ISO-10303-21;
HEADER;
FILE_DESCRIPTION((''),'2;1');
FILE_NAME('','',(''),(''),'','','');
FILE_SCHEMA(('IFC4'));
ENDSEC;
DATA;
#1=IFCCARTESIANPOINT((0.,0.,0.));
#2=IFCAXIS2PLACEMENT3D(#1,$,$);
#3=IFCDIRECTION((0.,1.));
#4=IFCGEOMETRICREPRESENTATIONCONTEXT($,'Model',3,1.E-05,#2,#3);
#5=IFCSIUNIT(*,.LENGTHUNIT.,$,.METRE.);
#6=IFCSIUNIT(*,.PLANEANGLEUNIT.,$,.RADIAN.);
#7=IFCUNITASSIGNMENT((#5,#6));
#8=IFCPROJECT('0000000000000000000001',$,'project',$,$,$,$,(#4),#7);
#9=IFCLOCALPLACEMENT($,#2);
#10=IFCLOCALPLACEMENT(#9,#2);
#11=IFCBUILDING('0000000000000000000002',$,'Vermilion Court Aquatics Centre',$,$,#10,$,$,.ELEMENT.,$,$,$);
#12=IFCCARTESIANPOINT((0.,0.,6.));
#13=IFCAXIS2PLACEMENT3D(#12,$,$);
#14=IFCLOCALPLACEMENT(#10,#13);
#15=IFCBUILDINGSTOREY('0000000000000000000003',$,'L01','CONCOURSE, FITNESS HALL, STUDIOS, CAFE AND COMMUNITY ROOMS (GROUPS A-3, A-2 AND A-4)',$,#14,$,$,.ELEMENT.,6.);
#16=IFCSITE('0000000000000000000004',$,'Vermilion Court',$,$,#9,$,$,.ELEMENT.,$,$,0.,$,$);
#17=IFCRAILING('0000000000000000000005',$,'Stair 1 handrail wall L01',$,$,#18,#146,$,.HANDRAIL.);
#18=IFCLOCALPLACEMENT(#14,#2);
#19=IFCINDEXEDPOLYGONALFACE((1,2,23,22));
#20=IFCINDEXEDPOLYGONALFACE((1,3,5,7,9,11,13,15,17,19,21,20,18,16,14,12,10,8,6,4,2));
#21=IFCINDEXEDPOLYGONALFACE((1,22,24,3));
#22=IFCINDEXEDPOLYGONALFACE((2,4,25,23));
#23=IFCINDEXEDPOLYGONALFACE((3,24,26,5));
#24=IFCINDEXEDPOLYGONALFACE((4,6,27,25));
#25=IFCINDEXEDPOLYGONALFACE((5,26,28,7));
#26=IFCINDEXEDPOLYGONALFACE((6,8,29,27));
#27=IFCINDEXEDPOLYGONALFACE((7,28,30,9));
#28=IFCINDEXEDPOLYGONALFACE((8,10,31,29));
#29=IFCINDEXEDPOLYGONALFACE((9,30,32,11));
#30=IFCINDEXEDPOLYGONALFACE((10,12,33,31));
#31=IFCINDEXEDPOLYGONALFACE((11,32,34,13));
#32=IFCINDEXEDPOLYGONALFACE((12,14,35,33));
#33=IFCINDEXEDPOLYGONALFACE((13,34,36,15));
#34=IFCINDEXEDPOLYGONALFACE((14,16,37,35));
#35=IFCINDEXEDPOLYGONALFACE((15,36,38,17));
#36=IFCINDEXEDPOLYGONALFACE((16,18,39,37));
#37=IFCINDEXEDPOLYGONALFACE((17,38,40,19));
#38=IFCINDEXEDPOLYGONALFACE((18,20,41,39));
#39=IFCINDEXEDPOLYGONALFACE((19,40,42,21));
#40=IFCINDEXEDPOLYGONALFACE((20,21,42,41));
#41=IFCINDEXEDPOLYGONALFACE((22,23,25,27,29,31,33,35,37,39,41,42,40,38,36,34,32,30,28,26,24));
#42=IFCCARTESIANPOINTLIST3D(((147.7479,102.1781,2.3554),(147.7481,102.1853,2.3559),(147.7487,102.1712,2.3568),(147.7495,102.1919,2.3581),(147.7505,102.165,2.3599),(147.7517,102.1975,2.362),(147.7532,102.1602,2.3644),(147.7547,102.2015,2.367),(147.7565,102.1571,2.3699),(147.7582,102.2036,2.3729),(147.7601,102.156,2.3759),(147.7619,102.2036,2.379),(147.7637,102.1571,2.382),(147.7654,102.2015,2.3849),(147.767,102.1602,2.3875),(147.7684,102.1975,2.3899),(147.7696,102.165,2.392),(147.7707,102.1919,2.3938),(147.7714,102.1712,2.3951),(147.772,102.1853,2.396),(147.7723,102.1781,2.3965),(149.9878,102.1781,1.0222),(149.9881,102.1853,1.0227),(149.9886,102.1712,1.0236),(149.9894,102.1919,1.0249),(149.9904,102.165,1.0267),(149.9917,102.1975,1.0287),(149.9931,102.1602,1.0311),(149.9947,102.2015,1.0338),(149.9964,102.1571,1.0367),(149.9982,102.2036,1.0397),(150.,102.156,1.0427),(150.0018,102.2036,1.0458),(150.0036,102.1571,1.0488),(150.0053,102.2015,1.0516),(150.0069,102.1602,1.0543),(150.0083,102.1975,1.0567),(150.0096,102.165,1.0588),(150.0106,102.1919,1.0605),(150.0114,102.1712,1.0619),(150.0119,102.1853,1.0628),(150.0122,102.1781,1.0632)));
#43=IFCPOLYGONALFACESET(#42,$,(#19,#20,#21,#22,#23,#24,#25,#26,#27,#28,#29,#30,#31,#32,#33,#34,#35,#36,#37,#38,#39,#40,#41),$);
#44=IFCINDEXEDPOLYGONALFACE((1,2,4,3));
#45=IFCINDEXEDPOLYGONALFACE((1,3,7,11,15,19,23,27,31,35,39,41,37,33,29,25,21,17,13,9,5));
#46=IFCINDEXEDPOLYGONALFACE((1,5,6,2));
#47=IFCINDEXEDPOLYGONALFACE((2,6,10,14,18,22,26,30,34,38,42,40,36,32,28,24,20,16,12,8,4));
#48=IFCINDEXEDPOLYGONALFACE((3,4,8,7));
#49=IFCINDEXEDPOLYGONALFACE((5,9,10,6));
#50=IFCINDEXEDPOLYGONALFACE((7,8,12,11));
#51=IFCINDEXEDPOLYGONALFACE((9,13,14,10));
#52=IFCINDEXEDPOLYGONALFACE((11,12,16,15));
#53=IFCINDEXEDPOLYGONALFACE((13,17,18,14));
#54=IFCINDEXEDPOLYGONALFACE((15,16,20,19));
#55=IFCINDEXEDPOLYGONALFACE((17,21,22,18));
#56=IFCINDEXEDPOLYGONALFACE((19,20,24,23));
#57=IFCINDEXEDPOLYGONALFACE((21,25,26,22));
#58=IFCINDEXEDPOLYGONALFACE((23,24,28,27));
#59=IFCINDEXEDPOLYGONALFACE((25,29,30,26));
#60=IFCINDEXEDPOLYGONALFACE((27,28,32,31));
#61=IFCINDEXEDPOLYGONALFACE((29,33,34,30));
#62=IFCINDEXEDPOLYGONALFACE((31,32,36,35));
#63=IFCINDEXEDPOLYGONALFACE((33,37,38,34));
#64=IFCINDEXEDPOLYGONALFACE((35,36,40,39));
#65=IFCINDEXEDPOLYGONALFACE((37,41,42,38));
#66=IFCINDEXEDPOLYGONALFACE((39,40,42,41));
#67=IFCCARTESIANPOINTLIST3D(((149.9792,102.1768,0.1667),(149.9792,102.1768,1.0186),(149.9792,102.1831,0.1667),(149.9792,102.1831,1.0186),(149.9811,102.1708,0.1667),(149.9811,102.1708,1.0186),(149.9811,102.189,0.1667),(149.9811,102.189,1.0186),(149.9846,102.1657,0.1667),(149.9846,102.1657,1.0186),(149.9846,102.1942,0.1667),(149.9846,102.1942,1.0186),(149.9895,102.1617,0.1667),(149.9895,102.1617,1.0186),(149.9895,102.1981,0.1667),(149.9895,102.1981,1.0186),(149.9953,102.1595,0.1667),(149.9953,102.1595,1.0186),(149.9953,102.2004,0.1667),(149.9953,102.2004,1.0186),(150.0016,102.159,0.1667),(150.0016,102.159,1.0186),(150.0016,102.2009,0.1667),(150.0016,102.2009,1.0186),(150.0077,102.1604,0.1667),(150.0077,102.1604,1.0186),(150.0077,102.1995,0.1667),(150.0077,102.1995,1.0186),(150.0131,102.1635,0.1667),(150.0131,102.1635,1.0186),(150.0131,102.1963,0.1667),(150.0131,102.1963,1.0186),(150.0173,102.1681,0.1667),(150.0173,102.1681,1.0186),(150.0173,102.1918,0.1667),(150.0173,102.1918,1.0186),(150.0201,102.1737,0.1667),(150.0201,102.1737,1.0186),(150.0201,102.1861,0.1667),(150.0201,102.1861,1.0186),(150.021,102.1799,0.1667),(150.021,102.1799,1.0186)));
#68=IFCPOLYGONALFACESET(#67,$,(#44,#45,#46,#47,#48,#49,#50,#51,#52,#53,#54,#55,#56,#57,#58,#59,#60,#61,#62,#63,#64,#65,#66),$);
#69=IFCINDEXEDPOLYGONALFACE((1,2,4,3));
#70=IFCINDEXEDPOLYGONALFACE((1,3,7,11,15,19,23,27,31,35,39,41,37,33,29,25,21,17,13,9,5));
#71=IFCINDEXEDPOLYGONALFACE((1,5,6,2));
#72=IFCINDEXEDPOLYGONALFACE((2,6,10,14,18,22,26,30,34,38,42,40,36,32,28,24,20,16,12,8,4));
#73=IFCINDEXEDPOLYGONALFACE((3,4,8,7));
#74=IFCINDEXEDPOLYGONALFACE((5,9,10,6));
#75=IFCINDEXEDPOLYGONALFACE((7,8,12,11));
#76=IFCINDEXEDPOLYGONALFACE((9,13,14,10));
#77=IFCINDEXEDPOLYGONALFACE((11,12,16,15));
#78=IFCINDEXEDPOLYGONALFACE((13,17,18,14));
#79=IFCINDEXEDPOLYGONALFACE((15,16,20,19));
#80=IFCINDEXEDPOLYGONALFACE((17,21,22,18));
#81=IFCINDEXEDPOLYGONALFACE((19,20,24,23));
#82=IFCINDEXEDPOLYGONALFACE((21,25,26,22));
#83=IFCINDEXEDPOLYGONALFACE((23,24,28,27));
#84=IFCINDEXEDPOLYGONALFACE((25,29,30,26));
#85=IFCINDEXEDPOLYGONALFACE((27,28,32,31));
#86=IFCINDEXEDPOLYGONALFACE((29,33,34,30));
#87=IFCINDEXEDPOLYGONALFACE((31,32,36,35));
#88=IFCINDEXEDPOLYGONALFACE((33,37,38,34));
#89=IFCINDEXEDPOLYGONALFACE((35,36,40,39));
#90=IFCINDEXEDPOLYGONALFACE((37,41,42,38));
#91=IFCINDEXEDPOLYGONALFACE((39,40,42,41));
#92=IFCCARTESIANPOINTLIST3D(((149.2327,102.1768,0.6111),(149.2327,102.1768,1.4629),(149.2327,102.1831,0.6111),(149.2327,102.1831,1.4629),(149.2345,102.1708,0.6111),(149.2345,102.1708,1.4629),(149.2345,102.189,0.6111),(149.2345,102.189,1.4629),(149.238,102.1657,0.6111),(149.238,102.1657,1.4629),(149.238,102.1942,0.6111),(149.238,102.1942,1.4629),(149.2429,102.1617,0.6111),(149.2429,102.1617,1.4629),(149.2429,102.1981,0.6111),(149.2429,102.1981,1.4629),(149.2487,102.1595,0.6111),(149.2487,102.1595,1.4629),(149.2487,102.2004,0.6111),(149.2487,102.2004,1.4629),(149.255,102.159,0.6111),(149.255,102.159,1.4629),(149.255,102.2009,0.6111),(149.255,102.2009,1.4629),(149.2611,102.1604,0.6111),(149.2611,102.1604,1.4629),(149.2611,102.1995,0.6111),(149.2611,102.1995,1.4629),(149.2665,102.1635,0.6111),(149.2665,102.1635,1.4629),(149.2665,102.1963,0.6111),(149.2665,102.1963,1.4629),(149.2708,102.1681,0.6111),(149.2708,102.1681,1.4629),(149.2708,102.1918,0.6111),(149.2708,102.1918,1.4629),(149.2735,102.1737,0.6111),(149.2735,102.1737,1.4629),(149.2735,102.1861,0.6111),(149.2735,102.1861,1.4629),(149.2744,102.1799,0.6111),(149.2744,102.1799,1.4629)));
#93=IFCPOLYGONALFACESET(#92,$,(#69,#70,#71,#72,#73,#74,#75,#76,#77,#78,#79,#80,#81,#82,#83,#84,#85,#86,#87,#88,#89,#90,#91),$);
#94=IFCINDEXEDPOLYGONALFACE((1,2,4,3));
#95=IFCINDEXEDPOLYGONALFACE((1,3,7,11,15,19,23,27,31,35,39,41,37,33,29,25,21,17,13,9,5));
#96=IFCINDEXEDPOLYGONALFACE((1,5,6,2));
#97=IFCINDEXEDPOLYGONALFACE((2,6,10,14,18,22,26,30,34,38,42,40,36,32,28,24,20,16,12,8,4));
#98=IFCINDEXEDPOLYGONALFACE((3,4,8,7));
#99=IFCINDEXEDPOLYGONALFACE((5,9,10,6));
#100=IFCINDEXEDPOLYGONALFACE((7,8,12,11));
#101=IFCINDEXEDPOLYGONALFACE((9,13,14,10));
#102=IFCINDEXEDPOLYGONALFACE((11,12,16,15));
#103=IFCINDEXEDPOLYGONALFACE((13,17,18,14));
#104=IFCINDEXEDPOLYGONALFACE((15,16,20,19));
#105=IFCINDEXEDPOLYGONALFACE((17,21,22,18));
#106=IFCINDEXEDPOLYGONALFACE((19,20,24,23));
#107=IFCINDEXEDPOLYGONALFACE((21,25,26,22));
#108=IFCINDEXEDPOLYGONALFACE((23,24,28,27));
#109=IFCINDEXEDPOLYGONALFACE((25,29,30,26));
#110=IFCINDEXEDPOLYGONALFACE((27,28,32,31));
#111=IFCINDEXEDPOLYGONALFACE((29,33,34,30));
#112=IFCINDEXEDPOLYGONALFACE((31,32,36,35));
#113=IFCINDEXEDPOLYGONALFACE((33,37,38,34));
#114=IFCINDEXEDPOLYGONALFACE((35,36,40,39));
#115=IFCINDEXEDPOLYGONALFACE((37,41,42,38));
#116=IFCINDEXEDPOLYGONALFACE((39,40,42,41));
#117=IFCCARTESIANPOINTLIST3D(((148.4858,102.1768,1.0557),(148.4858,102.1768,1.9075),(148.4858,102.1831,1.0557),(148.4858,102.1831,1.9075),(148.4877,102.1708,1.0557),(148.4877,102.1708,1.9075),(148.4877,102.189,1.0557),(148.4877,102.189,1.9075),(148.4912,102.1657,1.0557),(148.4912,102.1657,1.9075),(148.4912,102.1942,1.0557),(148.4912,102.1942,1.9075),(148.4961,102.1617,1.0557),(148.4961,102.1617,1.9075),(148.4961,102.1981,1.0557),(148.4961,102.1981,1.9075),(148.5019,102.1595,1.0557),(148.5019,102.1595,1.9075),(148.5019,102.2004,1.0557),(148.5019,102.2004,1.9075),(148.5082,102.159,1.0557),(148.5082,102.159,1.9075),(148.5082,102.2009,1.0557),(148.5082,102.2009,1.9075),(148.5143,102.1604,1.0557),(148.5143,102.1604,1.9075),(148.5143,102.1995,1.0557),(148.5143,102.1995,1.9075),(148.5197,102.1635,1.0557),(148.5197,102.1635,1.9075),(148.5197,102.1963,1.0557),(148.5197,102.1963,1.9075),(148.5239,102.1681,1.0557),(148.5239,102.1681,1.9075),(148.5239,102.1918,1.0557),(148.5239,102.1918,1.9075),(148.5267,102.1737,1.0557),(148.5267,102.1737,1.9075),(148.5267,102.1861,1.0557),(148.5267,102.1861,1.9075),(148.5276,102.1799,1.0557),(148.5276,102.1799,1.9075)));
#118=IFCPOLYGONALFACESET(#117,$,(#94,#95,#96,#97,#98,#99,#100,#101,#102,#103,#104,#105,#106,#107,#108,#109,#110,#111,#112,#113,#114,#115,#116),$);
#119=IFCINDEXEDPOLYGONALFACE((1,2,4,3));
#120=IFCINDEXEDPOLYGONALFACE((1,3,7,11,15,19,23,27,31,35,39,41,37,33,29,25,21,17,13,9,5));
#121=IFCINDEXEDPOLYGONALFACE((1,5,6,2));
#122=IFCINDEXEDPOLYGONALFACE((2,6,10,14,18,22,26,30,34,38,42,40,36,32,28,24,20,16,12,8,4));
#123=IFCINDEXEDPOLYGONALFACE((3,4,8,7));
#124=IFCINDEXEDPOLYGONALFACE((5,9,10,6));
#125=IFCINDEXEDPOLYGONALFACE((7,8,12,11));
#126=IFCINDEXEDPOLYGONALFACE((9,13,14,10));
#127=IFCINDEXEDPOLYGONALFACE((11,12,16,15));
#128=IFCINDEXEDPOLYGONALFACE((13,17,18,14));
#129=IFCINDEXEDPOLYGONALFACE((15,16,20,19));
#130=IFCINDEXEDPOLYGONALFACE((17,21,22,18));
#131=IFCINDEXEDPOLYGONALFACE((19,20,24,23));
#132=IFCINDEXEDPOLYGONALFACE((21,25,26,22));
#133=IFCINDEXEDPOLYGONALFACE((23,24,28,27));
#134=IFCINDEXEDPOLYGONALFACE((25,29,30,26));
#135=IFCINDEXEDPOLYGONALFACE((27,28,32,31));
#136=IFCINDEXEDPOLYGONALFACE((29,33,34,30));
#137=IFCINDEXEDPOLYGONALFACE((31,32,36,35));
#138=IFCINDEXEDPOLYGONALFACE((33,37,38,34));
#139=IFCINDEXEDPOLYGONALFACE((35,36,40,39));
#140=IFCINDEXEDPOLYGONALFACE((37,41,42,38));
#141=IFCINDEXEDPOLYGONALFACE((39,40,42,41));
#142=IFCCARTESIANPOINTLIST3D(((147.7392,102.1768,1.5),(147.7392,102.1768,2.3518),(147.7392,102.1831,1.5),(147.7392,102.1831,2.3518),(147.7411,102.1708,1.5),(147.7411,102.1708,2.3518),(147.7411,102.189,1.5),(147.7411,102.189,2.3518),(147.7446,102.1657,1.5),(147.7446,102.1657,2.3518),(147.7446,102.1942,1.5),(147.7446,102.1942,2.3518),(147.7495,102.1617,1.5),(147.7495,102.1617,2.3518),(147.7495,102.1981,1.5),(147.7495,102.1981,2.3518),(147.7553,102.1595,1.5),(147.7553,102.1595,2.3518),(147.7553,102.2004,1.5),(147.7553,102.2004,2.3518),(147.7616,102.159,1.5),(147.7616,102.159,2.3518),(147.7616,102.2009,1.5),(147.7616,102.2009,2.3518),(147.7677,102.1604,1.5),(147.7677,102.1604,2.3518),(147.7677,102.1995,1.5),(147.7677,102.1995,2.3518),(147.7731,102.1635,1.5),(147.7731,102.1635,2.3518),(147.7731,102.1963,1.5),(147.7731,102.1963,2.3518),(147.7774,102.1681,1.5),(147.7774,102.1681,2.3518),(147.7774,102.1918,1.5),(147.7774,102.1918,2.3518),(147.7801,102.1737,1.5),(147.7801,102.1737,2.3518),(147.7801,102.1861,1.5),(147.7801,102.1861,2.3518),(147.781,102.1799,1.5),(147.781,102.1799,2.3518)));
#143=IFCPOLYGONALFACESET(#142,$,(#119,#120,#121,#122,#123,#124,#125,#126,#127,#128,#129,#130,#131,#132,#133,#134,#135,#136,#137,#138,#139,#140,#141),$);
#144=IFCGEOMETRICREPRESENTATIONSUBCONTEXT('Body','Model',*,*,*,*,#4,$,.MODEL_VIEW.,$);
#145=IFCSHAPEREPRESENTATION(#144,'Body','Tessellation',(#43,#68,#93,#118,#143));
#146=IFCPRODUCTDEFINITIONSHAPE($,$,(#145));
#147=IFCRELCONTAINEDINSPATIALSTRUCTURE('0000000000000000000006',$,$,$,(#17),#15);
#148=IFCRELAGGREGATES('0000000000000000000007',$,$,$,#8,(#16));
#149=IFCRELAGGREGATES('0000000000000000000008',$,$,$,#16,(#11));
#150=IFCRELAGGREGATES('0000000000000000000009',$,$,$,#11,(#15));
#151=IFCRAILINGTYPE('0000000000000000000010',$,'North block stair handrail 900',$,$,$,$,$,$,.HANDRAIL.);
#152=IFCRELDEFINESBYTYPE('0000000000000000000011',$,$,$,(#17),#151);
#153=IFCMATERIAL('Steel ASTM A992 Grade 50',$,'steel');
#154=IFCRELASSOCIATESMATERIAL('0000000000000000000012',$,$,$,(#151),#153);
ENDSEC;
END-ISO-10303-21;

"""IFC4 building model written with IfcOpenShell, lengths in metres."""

from ifc_helpers import new_model, si_unit, direction, frame, origin, origin_2d, place, context, subcontext, project, spatial, circle, extrude, material, type_object, element, save


model = new_model("IFC4")

# Units and contexts
model_context = context("Model", 3, precision=1e-05, world=origin(), true_north=direction((0.0, 1.0)))
body_context = subcontext(model_context, "Body", "Model", "MODEL_VIEW")
ifc_project = project(units=[si_unit("LENGTHUNIT", "METRE"), si_unit("PLANEANGLEUNIT", "RADIAN")], contexts=[model_context])

# Site, building, storey
site_placement = place(None, origin())
site = spatial("IfcSite", under=ifc_project, at=site_placement, Name="Vermilion Court", CompositionType="ELEMENT", RefElevation=0.0)
building_placement = place(site_placement, origin())
building = spatial("IfcBuilding", under=site, at=building_placement, Name="Vermilion Court Aquatics Centre", CompositionType="ELEMENT")
storey_placement = place(building_placement, frame((0.0, 0.0, 6.0)))
storey = spatial("IfcBuildingStorey", under=building, at=storey_placement, Name="L01", Description="CONCOURSE, FITNESS HALL, STUDIOS, CAFE AND COMMUNITY ROOMS (GROUPS A-3, A-2 AND A-4)", CompositionType="ELEMENT", Elevation=6.0)

# Railing
ifc_material_1 = material(Name="Steel ASTM A992 Grade 50", Category="steel")
railing_type_1 = type_object("IfcRailingType", Name="North block stair handrail 900", PredefinedType="HANDRAIL", material=ifc_material_1)
for number, where, name in (
    (1, (150.0, 102.1799, 0.1667), "Stair 1 handrail wall L01"),
):
    element("IfcRailing", number, at=place(storey_placement, frame(where)), inside=storey, type_object=railing_type_1, Name=name, PredefinedType="HANDRAIL", context=body_context, shape_type="SweptSolid", body=[
        extrude(circle(Radius=0.0239, at=origin_2d()), frame((0.0, 0.0, 0.876), z_axis=(-0.859306, 0.0, 0.511462), x_axis=(0.0, -1.0, 0.0)), (0.0, 0.0, 1.0), 2.6067),
        extrude(circle(Radius=0.021, at=origin_2d()), origin(), (0.0, 0.0, 1.0), 0.8518),
        extrude(circle(Radius=0.021, at=origin_2d()), frame((-0.7466, 0.0, 0.4443)), (0.0, 0.0, 1.0), 0.8518),
        extrude(circle(Radius=0.021, at=origin_2d()), frame((-1.4934, 0.0, 0.8889)), (0.0, 0.0, 1.0), 0.8518),
        extrude(circle(Radius=0.021, at=origin_2d()), frame((-2.24, 0.0, 1.3333)), (0.0, 0.0, 1.0), 0.8518),
    ])

save(model, "model.ifc")
